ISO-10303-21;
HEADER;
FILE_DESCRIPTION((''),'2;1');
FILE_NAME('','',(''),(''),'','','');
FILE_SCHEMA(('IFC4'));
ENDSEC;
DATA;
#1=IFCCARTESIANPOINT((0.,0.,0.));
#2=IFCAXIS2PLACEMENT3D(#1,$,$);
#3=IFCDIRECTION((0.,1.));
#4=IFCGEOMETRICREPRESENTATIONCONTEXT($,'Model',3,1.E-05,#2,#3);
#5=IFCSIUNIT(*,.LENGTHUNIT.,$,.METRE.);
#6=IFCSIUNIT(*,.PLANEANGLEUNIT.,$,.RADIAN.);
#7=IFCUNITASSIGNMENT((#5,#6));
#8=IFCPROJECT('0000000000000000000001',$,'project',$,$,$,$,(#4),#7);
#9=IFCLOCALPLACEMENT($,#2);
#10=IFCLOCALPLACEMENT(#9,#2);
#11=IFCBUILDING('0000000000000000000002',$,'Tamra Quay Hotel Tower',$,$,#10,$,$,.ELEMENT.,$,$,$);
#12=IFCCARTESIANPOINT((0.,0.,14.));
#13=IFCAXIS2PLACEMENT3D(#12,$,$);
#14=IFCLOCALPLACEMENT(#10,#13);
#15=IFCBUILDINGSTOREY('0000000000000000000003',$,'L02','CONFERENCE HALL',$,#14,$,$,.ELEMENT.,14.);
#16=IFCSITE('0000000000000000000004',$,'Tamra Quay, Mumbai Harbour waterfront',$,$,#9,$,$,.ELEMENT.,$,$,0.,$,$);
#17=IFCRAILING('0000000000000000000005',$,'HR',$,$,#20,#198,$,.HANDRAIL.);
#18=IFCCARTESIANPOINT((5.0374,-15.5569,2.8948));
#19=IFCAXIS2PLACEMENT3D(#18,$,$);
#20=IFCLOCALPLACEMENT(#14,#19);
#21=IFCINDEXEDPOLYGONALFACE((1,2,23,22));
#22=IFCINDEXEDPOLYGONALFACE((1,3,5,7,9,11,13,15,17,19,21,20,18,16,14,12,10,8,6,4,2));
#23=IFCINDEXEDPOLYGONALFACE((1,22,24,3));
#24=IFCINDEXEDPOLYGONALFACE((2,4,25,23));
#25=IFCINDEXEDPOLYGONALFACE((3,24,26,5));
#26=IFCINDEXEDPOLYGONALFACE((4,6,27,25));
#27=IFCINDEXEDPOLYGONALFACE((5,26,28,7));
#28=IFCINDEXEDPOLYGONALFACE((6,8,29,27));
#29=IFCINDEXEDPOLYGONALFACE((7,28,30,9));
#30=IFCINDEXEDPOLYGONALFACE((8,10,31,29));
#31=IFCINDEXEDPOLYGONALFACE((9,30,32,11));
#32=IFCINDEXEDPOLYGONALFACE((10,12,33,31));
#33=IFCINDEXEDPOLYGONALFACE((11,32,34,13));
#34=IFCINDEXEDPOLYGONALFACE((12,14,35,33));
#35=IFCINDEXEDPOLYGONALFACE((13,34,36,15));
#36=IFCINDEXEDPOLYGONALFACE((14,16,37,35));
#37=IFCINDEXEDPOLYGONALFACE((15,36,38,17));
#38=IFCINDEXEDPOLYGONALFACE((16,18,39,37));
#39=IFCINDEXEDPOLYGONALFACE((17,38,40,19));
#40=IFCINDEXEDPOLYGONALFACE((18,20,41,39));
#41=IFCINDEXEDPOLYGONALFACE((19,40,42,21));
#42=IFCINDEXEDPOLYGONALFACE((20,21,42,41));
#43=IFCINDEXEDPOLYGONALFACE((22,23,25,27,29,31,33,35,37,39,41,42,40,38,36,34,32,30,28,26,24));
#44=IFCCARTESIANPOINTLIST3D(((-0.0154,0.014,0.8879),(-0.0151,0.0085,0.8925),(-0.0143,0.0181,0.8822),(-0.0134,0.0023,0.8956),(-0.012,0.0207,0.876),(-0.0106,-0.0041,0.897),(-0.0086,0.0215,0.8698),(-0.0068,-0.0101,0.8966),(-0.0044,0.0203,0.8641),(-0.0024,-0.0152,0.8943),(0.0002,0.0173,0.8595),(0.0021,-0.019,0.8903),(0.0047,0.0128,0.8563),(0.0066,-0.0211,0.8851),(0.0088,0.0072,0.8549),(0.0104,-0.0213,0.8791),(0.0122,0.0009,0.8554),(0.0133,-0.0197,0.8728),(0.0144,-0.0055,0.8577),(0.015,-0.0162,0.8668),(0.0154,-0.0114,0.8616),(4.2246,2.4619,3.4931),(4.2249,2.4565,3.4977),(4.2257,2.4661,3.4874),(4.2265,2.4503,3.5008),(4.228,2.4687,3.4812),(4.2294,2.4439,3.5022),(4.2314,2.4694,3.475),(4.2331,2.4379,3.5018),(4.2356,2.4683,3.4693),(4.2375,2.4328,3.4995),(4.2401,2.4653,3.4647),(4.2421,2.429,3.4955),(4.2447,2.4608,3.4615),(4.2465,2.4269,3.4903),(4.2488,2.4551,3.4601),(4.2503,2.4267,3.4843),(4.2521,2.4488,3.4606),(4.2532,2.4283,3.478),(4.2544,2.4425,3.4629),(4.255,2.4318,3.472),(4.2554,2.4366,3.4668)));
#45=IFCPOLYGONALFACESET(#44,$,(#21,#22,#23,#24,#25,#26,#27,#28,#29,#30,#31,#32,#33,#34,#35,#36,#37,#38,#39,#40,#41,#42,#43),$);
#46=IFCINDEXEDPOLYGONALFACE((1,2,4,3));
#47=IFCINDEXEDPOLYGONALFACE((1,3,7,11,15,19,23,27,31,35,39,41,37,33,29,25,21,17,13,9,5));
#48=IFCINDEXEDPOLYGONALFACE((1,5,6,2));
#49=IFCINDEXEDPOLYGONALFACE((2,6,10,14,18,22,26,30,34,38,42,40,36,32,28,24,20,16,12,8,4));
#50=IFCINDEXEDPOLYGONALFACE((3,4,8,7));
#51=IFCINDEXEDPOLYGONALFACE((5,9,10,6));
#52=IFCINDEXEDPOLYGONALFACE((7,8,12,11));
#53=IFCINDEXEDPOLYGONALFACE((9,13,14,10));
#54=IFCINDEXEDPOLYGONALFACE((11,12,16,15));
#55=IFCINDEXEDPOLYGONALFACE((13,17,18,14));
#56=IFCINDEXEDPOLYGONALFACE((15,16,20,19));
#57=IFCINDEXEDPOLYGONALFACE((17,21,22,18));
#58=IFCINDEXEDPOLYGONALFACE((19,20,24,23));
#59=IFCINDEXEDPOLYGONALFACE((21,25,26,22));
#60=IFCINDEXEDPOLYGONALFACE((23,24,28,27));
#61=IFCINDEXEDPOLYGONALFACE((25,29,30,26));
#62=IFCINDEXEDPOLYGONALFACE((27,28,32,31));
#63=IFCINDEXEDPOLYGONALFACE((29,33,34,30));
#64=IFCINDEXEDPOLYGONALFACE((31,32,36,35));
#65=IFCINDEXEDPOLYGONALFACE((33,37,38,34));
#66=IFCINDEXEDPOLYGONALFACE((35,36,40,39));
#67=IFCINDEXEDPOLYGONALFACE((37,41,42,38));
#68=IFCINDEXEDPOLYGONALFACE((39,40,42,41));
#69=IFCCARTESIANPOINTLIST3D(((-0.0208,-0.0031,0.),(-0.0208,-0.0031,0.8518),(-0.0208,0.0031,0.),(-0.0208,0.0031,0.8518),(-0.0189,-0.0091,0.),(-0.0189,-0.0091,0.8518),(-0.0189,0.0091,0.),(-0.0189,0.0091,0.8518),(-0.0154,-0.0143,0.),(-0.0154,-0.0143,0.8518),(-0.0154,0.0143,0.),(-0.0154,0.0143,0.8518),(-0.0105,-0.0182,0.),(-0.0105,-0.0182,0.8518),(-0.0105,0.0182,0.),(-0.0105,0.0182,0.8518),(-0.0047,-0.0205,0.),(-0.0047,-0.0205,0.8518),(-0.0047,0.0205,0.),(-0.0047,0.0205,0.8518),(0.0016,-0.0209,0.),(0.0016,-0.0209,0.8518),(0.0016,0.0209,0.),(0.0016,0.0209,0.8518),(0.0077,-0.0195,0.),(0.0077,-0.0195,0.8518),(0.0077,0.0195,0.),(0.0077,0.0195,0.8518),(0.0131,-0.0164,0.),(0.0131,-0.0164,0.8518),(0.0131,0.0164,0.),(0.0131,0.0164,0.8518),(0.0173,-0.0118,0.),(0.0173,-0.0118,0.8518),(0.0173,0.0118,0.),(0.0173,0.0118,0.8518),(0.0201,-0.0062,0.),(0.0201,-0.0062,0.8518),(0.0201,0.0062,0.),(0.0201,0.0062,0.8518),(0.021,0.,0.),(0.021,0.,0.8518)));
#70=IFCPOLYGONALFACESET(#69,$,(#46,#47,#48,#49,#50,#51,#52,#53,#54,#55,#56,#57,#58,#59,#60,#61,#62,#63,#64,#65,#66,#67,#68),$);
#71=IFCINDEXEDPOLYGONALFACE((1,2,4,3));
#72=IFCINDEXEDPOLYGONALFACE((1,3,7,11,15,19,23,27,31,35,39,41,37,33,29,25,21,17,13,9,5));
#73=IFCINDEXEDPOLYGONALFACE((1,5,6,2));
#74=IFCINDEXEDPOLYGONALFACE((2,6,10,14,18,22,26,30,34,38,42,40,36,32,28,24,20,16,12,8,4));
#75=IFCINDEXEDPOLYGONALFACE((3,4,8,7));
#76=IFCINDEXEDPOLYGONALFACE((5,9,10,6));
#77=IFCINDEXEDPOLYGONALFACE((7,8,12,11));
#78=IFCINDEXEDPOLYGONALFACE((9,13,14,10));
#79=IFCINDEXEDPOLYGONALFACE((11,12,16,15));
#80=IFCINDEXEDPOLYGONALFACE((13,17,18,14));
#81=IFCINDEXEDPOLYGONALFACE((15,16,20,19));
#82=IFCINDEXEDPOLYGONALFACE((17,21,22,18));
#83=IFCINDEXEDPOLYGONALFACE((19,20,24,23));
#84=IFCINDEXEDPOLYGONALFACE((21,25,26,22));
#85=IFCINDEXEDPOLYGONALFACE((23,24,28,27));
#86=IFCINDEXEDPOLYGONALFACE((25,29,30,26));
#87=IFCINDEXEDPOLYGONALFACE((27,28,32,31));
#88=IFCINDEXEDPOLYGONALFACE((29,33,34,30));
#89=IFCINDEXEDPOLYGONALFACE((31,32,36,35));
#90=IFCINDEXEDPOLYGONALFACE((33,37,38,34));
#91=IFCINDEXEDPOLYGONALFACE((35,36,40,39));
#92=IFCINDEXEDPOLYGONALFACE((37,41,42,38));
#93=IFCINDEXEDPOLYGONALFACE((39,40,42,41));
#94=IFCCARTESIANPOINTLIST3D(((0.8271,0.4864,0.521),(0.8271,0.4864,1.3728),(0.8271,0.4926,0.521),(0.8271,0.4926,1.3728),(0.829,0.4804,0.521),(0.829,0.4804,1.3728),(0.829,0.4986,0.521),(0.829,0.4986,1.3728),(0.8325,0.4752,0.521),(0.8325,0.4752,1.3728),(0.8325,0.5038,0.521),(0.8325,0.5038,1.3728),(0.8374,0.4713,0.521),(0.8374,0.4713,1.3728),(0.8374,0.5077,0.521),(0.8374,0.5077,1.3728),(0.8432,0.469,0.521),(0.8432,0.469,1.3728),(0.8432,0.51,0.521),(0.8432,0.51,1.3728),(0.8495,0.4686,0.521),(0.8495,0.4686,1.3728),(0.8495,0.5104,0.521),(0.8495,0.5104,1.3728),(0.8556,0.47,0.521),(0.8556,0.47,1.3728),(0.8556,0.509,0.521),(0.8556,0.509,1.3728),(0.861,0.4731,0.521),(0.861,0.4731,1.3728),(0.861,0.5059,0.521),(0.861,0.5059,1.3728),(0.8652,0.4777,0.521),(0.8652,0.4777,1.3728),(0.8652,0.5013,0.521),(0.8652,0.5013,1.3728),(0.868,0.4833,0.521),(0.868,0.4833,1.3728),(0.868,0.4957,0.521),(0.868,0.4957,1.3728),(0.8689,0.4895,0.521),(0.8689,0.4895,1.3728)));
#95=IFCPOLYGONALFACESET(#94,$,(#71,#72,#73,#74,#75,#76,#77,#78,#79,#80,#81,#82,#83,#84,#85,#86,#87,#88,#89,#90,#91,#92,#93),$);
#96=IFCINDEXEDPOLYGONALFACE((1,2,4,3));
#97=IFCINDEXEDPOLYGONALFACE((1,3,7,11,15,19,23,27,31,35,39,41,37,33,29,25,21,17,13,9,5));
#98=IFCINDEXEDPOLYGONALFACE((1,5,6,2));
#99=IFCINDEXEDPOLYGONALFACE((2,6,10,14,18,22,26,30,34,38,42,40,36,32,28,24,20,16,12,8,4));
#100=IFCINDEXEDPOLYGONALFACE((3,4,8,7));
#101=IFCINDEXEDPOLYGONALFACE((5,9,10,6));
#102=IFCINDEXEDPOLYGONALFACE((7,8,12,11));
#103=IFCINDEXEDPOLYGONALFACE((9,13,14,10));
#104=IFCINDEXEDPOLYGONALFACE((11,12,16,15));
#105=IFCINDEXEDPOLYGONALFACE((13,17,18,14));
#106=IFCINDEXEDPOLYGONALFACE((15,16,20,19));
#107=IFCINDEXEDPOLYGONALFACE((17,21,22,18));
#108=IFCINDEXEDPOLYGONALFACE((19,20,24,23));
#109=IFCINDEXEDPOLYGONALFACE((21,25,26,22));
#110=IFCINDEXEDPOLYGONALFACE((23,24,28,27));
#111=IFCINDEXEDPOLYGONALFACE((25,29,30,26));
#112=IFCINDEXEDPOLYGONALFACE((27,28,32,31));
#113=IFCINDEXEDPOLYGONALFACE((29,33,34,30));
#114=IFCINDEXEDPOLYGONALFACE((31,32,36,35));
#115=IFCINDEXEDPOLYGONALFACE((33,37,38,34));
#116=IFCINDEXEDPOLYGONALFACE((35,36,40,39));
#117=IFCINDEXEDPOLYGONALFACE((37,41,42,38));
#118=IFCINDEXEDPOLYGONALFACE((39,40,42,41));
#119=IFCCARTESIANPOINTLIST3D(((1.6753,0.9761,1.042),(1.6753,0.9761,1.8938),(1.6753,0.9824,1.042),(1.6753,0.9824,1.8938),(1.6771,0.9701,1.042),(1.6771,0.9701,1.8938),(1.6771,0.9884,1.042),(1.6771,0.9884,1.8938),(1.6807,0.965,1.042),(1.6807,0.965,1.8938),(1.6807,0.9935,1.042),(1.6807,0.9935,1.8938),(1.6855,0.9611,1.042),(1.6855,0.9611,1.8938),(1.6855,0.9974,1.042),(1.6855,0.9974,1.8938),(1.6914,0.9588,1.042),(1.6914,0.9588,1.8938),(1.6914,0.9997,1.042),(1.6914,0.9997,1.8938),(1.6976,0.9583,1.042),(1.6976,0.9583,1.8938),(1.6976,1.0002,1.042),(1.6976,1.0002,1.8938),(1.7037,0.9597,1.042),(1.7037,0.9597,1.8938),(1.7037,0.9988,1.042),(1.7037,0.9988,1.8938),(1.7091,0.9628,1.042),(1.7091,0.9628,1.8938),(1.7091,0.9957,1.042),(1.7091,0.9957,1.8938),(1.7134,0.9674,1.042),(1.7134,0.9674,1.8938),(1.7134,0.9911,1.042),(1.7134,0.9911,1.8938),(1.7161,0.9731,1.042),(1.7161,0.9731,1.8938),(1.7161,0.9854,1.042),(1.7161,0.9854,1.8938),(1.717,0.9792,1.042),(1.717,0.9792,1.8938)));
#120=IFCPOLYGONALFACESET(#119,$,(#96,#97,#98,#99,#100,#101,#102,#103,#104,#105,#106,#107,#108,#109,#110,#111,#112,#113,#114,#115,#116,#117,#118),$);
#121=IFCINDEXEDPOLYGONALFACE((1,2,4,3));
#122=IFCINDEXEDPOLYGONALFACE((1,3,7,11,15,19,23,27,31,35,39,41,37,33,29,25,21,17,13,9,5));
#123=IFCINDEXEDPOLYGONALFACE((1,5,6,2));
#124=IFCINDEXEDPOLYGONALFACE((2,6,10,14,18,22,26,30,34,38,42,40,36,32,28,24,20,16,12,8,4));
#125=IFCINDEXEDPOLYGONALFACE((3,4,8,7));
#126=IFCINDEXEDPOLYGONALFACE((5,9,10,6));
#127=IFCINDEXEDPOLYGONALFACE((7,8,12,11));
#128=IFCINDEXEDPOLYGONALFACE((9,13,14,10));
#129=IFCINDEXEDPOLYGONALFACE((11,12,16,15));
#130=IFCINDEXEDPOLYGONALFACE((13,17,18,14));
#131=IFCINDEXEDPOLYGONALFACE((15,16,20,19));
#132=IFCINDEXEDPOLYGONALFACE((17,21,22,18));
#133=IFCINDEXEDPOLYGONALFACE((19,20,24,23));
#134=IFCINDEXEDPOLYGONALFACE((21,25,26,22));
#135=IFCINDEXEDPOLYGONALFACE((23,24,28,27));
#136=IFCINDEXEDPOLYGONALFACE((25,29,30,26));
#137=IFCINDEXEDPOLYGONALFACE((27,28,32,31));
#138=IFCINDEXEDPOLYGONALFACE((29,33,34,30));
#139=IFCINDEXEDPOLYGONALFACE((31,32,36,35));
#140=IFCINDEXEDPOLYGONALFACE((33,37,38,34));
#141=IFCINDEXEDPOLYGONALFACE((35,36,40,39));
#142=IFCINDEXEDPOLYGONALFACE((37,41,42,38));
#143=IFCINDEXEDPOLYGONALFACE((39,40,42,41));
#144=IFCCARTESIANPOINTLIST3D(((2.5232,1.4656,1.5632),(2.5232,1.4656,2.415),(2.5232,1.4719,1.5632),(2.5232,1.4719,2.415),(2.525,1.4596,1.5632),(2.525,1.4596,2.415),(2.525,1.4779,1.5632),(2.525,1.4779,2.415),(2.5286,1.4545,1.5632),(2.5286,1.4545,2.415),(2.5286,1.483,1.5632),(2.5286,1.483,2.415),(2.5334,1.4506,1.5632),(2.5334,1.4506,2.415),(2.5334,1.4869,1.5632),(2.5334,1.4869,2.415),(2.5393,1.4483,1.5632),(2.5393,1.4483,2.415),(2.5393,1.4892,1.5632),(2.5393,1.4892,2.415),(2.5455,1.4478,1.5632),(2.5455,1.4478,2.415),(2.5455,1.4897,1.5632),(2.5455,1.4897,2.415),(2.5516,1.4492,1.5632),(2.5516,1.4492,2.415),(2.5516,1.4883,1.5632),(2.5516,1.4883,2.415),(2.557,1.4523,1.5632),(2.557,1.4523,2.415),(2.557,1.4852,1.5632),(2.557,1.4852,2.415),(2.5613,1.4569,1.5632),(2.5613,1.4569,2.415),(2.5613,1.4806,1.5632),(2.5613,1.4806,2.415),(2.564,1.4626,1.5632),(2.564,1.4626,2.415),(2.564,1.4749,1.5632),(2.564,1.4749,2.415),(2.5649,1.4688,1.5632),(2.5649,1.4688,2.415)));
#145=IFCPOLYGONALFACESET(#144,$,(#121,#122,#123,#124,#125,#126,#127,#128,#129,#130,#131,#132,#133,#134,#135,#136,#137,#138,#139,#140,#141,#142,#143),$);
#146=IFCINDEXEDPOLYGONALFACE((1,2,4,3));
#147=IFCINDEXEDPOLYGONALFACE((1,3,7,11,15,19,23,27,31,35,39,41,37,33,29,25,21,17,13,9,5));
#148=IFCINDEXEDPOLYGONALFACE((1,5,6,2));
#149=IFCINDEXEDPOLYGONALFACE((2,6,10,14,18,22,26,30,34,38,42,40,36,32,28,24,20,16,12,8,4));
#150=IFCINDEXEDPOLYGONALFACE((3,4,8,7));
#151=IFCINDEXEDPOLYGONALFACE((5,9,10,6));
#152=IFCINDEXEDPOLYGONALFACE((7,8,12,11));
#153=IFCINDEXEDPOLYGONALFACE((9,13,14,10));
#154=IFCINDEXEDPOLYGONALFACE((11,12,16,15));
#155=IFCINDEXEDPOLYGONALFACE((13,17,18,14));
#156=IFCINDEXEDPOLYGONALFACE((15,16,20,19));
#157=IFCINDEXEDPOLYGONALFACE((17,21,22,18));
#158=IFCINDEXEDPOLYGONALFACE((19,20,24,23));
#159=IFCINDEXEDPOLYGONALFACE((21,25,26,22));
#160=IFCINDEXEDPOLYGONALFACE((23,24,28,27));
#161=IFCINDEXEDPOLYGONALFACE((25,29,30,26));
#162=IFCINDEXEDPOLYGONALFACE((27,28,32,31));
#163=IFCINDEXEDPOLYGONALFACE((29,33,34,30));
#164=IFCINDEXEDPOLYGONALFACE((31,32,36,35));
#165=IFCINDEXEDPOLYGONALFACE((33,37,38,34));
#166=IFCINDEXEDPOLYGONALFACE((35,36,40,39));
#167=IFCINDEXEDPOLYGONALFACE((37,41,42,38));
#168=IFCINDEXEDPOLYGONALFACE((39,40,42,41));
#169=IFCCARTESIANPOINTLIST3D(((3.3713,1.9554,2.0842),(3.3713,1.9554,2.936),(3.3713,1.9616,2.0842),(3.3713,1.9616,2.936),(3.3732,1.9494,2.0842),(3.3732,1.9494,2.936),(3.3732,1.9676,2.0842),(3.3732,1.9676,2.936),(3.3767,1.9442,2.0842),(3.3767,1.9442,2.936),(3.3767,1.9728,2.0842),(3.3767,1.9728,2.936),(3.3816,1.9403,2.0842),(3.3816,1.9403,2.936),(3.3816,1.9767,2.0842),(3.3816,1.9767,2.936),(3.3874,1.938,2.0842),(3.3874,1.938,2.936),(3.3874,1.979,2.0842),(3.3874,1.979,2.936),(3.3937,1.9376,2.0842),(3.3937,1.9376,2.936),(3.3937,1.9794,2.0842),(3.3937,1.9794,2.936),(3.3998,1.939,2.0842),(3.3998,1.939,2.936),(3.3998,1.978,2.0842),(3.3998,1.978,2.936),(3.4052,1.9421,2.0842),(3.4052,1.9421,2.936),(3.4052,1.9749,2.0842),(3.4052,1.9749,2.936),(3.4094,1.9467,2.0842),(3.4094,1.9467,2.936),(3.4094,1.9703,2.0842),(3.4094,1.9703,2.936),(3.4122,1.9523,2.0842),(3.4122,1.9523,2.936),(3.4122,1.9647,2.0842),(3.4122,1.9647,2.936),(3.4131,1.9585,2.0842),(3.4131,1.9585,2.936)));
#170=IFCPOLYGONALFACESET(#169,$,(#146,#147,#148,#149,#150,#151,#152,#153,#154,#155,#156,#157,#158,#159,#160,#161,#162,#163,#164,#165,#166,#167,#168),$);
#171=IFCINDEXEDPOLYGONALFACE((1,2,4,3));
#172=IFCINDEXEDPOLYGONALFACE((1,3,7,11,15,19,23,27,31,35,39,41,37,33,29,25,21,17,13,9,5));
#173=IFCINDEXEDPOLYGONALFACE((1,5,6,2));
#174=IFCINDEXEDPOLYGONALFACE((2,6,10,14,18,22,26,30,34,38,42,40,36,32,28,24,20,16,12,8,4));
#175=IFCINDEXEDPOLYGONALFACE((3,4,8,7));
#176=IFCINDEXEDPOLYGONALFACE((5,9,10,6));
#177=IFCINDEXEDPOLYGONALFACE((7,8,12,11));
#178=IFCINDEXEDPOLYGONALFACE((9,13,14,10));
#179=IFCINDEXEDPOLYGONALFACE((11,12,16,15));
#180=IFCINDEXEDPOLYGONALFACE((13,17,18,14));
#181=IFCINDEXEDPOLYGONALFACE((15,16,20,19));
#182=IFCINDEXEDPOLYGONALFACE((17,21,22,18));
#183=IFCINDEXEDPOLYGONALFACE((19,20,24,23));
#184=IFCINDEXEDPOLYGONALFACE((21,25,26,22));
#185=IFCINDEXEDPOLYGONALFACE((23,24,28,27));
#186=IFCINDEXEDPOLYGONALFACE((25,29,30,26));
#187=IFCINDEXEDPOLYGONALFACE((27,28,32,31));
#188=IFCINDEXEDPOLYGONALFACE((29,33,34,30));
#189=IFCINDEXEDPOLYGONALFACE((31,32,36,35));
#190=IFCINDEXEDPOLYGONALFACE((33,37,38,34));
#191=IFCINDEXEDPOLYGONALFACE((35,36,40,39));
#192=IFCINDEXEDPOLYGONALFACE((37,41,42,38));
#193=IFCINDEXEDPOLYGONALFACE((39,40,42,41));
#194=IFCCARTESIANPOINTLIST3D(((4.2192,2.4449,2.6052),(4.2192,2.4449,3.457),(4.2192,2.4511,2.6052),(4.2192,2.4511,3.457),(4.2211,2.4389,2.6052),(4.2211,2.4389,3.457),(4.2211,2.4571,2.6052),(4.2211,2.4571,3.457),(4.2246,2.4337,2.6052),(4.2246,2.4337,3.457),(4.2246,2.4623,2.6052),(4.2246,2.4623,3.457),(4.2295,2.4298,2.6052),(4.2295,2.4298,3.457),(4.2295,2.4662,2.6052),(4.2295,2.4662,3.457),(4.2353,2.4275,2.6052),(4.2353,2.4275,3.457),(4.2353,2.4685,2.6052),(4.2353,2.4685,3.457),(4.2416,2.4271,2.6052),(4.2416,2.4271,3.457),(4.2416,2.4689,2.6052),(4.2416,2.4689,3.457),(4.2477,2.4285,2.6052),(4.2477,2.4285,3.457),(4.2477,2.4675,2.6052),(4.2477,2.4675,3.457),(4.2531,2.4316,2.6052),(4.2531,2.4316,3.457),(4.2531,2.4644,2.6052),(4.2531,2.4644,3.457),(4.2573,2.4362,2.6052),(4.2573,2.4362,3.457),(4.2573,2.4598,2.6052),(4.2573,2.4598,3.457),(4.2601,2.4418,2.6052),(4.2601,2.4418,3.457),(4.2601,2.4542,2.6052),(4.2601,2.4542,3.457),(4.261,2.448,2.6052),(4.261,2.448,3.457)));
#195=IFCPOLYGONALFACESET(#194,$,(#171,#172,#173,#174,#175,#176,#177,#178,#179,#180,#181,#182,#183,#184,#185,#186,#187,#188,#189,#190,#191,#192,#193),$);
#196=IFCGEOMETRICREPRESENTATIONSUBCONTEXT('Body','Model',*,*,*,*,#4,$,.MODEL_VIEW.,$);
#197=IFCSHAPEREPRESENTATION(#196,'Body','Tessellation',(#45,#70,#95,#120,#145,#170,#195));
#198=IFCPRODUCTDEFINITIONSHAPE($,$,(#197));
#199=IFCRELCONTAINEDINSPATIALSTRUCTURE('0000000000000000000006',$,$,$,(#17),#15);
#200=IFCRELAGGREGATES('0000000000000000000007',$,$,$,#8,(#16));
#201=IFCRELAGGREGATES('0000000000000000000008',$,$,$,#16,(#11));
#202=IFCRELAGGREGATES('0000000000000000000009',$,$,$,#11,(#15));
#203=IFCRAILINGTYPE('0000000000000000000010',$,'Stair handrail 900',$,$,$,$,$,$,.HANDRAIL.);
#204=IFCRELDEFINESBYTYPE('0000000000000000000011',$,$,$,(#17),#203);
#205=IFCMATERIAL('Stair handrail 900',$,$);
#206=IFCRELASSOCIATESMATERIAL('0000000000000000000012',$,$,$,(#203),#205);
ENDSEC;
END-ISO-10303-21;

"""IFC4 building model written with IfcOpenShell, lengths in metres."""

from ifc_helpers import new_model, si_unit, direction, frame, origin, origin_2d, place, context, subcontext, project, spatial, circle, extrude, material, type_object, element, save


model = new_model("IFC4")

# Units and contexts
model_context = context("Model", 3, precision=1e-05, world=origin(), true_north=direction((0.0, 1.0)))
body_context = subcontext(model_context, "Body", "Model", "MODEL_VIEW")
ifc_project = project(units=[si_unit("LENGTHUNIT", "METRE"), si_unit("PLANEANGLEUNIT", "RADIAN")], contexts=[model_context])

# Site, building, storey
site_placement = place(None, origin())
site = spatial("IfcSite", under=ifc_project, at=site_placement, Name="Tamra Quay, Mumbai Harbour waterfront", CompositionType="ELEMENT", RefElevation=0.0)
building_placement = place(site_placement, origin())
building = spatial("IfcBuilding", under=site, at=building_placement, Name="Tamra Quay Hotel Tower", CompositionType="ELEMENT")
storey_placement = place(building_placement, frame((0.0, 0.0, 14.0)))
storey = spatial("IfcBuildingStorey", under=building, at=storey_placement, Name="L02", Description="CONFERENCE HALL", CompositionType="ELEMENT", Elevation=14.0)

# Railing
ifc_material_1 = material(Name="Stair handrail 900")
railing_type = type_object("IfcRailingType", Name="Stair handrail 900", PredefinedType="HANDRAIL", material=ifc_material_1)
railing_placement = place(storey_placement, frame((5.0374, -15.5569, 2.8948)))
element("IfcRailing", 1, at=railing_placement, inside=storey, type_object=railing_type, Name="HR", PredefinedType="HANDRAIL", context=body_context, shape_type="SweptSolid", body=[
    extrude(circle(Radius=0.0239, at=origin_2d()), frame((0.0, 0.0, 0.876), z_axis=(0.764522, 0.441404, 0.469754), x_axis=(-0.500006, 0.866022, 0.0)), (0.0, 0.0, 1.0), 5.5459),
    extrude(circle(Radius=0.021, at=origin_2d()), origin(), (0.0, 0.0, 1.0), 0.8518),
    extrude(circle(Radius=0.021, at=origin_2d()), frame((0.8479, 0.4895, 0.521)), (0.0, 0.0, 1.0), 0.8518),
    extrude(circle(Radius=0.021, at=origin_2d()), frame((1.696, 0.9792, 1.042)), (0.0, 0.0, 1.0), 0.8518),
    extrude(circle(Radius=0.021, at=origin_2d()), frame((2.5439, 1.4688, 1.5632)), (0.0, 0.0, 1.0), 0.8518),
    extrude(circle(Radius=0.021, at=origin_2d()), frame((3.3921, 1.9585, 2.0842)), (0.0, 0.0, 1.0), 0.8518),
    extrude(circle(Radius=0.021, at=origin_2d()), frame((4.24, 2.448, 2.6052)), (0.0, 0.0, 1.0), 0.8518),
])

save(model, "model.ifc")
